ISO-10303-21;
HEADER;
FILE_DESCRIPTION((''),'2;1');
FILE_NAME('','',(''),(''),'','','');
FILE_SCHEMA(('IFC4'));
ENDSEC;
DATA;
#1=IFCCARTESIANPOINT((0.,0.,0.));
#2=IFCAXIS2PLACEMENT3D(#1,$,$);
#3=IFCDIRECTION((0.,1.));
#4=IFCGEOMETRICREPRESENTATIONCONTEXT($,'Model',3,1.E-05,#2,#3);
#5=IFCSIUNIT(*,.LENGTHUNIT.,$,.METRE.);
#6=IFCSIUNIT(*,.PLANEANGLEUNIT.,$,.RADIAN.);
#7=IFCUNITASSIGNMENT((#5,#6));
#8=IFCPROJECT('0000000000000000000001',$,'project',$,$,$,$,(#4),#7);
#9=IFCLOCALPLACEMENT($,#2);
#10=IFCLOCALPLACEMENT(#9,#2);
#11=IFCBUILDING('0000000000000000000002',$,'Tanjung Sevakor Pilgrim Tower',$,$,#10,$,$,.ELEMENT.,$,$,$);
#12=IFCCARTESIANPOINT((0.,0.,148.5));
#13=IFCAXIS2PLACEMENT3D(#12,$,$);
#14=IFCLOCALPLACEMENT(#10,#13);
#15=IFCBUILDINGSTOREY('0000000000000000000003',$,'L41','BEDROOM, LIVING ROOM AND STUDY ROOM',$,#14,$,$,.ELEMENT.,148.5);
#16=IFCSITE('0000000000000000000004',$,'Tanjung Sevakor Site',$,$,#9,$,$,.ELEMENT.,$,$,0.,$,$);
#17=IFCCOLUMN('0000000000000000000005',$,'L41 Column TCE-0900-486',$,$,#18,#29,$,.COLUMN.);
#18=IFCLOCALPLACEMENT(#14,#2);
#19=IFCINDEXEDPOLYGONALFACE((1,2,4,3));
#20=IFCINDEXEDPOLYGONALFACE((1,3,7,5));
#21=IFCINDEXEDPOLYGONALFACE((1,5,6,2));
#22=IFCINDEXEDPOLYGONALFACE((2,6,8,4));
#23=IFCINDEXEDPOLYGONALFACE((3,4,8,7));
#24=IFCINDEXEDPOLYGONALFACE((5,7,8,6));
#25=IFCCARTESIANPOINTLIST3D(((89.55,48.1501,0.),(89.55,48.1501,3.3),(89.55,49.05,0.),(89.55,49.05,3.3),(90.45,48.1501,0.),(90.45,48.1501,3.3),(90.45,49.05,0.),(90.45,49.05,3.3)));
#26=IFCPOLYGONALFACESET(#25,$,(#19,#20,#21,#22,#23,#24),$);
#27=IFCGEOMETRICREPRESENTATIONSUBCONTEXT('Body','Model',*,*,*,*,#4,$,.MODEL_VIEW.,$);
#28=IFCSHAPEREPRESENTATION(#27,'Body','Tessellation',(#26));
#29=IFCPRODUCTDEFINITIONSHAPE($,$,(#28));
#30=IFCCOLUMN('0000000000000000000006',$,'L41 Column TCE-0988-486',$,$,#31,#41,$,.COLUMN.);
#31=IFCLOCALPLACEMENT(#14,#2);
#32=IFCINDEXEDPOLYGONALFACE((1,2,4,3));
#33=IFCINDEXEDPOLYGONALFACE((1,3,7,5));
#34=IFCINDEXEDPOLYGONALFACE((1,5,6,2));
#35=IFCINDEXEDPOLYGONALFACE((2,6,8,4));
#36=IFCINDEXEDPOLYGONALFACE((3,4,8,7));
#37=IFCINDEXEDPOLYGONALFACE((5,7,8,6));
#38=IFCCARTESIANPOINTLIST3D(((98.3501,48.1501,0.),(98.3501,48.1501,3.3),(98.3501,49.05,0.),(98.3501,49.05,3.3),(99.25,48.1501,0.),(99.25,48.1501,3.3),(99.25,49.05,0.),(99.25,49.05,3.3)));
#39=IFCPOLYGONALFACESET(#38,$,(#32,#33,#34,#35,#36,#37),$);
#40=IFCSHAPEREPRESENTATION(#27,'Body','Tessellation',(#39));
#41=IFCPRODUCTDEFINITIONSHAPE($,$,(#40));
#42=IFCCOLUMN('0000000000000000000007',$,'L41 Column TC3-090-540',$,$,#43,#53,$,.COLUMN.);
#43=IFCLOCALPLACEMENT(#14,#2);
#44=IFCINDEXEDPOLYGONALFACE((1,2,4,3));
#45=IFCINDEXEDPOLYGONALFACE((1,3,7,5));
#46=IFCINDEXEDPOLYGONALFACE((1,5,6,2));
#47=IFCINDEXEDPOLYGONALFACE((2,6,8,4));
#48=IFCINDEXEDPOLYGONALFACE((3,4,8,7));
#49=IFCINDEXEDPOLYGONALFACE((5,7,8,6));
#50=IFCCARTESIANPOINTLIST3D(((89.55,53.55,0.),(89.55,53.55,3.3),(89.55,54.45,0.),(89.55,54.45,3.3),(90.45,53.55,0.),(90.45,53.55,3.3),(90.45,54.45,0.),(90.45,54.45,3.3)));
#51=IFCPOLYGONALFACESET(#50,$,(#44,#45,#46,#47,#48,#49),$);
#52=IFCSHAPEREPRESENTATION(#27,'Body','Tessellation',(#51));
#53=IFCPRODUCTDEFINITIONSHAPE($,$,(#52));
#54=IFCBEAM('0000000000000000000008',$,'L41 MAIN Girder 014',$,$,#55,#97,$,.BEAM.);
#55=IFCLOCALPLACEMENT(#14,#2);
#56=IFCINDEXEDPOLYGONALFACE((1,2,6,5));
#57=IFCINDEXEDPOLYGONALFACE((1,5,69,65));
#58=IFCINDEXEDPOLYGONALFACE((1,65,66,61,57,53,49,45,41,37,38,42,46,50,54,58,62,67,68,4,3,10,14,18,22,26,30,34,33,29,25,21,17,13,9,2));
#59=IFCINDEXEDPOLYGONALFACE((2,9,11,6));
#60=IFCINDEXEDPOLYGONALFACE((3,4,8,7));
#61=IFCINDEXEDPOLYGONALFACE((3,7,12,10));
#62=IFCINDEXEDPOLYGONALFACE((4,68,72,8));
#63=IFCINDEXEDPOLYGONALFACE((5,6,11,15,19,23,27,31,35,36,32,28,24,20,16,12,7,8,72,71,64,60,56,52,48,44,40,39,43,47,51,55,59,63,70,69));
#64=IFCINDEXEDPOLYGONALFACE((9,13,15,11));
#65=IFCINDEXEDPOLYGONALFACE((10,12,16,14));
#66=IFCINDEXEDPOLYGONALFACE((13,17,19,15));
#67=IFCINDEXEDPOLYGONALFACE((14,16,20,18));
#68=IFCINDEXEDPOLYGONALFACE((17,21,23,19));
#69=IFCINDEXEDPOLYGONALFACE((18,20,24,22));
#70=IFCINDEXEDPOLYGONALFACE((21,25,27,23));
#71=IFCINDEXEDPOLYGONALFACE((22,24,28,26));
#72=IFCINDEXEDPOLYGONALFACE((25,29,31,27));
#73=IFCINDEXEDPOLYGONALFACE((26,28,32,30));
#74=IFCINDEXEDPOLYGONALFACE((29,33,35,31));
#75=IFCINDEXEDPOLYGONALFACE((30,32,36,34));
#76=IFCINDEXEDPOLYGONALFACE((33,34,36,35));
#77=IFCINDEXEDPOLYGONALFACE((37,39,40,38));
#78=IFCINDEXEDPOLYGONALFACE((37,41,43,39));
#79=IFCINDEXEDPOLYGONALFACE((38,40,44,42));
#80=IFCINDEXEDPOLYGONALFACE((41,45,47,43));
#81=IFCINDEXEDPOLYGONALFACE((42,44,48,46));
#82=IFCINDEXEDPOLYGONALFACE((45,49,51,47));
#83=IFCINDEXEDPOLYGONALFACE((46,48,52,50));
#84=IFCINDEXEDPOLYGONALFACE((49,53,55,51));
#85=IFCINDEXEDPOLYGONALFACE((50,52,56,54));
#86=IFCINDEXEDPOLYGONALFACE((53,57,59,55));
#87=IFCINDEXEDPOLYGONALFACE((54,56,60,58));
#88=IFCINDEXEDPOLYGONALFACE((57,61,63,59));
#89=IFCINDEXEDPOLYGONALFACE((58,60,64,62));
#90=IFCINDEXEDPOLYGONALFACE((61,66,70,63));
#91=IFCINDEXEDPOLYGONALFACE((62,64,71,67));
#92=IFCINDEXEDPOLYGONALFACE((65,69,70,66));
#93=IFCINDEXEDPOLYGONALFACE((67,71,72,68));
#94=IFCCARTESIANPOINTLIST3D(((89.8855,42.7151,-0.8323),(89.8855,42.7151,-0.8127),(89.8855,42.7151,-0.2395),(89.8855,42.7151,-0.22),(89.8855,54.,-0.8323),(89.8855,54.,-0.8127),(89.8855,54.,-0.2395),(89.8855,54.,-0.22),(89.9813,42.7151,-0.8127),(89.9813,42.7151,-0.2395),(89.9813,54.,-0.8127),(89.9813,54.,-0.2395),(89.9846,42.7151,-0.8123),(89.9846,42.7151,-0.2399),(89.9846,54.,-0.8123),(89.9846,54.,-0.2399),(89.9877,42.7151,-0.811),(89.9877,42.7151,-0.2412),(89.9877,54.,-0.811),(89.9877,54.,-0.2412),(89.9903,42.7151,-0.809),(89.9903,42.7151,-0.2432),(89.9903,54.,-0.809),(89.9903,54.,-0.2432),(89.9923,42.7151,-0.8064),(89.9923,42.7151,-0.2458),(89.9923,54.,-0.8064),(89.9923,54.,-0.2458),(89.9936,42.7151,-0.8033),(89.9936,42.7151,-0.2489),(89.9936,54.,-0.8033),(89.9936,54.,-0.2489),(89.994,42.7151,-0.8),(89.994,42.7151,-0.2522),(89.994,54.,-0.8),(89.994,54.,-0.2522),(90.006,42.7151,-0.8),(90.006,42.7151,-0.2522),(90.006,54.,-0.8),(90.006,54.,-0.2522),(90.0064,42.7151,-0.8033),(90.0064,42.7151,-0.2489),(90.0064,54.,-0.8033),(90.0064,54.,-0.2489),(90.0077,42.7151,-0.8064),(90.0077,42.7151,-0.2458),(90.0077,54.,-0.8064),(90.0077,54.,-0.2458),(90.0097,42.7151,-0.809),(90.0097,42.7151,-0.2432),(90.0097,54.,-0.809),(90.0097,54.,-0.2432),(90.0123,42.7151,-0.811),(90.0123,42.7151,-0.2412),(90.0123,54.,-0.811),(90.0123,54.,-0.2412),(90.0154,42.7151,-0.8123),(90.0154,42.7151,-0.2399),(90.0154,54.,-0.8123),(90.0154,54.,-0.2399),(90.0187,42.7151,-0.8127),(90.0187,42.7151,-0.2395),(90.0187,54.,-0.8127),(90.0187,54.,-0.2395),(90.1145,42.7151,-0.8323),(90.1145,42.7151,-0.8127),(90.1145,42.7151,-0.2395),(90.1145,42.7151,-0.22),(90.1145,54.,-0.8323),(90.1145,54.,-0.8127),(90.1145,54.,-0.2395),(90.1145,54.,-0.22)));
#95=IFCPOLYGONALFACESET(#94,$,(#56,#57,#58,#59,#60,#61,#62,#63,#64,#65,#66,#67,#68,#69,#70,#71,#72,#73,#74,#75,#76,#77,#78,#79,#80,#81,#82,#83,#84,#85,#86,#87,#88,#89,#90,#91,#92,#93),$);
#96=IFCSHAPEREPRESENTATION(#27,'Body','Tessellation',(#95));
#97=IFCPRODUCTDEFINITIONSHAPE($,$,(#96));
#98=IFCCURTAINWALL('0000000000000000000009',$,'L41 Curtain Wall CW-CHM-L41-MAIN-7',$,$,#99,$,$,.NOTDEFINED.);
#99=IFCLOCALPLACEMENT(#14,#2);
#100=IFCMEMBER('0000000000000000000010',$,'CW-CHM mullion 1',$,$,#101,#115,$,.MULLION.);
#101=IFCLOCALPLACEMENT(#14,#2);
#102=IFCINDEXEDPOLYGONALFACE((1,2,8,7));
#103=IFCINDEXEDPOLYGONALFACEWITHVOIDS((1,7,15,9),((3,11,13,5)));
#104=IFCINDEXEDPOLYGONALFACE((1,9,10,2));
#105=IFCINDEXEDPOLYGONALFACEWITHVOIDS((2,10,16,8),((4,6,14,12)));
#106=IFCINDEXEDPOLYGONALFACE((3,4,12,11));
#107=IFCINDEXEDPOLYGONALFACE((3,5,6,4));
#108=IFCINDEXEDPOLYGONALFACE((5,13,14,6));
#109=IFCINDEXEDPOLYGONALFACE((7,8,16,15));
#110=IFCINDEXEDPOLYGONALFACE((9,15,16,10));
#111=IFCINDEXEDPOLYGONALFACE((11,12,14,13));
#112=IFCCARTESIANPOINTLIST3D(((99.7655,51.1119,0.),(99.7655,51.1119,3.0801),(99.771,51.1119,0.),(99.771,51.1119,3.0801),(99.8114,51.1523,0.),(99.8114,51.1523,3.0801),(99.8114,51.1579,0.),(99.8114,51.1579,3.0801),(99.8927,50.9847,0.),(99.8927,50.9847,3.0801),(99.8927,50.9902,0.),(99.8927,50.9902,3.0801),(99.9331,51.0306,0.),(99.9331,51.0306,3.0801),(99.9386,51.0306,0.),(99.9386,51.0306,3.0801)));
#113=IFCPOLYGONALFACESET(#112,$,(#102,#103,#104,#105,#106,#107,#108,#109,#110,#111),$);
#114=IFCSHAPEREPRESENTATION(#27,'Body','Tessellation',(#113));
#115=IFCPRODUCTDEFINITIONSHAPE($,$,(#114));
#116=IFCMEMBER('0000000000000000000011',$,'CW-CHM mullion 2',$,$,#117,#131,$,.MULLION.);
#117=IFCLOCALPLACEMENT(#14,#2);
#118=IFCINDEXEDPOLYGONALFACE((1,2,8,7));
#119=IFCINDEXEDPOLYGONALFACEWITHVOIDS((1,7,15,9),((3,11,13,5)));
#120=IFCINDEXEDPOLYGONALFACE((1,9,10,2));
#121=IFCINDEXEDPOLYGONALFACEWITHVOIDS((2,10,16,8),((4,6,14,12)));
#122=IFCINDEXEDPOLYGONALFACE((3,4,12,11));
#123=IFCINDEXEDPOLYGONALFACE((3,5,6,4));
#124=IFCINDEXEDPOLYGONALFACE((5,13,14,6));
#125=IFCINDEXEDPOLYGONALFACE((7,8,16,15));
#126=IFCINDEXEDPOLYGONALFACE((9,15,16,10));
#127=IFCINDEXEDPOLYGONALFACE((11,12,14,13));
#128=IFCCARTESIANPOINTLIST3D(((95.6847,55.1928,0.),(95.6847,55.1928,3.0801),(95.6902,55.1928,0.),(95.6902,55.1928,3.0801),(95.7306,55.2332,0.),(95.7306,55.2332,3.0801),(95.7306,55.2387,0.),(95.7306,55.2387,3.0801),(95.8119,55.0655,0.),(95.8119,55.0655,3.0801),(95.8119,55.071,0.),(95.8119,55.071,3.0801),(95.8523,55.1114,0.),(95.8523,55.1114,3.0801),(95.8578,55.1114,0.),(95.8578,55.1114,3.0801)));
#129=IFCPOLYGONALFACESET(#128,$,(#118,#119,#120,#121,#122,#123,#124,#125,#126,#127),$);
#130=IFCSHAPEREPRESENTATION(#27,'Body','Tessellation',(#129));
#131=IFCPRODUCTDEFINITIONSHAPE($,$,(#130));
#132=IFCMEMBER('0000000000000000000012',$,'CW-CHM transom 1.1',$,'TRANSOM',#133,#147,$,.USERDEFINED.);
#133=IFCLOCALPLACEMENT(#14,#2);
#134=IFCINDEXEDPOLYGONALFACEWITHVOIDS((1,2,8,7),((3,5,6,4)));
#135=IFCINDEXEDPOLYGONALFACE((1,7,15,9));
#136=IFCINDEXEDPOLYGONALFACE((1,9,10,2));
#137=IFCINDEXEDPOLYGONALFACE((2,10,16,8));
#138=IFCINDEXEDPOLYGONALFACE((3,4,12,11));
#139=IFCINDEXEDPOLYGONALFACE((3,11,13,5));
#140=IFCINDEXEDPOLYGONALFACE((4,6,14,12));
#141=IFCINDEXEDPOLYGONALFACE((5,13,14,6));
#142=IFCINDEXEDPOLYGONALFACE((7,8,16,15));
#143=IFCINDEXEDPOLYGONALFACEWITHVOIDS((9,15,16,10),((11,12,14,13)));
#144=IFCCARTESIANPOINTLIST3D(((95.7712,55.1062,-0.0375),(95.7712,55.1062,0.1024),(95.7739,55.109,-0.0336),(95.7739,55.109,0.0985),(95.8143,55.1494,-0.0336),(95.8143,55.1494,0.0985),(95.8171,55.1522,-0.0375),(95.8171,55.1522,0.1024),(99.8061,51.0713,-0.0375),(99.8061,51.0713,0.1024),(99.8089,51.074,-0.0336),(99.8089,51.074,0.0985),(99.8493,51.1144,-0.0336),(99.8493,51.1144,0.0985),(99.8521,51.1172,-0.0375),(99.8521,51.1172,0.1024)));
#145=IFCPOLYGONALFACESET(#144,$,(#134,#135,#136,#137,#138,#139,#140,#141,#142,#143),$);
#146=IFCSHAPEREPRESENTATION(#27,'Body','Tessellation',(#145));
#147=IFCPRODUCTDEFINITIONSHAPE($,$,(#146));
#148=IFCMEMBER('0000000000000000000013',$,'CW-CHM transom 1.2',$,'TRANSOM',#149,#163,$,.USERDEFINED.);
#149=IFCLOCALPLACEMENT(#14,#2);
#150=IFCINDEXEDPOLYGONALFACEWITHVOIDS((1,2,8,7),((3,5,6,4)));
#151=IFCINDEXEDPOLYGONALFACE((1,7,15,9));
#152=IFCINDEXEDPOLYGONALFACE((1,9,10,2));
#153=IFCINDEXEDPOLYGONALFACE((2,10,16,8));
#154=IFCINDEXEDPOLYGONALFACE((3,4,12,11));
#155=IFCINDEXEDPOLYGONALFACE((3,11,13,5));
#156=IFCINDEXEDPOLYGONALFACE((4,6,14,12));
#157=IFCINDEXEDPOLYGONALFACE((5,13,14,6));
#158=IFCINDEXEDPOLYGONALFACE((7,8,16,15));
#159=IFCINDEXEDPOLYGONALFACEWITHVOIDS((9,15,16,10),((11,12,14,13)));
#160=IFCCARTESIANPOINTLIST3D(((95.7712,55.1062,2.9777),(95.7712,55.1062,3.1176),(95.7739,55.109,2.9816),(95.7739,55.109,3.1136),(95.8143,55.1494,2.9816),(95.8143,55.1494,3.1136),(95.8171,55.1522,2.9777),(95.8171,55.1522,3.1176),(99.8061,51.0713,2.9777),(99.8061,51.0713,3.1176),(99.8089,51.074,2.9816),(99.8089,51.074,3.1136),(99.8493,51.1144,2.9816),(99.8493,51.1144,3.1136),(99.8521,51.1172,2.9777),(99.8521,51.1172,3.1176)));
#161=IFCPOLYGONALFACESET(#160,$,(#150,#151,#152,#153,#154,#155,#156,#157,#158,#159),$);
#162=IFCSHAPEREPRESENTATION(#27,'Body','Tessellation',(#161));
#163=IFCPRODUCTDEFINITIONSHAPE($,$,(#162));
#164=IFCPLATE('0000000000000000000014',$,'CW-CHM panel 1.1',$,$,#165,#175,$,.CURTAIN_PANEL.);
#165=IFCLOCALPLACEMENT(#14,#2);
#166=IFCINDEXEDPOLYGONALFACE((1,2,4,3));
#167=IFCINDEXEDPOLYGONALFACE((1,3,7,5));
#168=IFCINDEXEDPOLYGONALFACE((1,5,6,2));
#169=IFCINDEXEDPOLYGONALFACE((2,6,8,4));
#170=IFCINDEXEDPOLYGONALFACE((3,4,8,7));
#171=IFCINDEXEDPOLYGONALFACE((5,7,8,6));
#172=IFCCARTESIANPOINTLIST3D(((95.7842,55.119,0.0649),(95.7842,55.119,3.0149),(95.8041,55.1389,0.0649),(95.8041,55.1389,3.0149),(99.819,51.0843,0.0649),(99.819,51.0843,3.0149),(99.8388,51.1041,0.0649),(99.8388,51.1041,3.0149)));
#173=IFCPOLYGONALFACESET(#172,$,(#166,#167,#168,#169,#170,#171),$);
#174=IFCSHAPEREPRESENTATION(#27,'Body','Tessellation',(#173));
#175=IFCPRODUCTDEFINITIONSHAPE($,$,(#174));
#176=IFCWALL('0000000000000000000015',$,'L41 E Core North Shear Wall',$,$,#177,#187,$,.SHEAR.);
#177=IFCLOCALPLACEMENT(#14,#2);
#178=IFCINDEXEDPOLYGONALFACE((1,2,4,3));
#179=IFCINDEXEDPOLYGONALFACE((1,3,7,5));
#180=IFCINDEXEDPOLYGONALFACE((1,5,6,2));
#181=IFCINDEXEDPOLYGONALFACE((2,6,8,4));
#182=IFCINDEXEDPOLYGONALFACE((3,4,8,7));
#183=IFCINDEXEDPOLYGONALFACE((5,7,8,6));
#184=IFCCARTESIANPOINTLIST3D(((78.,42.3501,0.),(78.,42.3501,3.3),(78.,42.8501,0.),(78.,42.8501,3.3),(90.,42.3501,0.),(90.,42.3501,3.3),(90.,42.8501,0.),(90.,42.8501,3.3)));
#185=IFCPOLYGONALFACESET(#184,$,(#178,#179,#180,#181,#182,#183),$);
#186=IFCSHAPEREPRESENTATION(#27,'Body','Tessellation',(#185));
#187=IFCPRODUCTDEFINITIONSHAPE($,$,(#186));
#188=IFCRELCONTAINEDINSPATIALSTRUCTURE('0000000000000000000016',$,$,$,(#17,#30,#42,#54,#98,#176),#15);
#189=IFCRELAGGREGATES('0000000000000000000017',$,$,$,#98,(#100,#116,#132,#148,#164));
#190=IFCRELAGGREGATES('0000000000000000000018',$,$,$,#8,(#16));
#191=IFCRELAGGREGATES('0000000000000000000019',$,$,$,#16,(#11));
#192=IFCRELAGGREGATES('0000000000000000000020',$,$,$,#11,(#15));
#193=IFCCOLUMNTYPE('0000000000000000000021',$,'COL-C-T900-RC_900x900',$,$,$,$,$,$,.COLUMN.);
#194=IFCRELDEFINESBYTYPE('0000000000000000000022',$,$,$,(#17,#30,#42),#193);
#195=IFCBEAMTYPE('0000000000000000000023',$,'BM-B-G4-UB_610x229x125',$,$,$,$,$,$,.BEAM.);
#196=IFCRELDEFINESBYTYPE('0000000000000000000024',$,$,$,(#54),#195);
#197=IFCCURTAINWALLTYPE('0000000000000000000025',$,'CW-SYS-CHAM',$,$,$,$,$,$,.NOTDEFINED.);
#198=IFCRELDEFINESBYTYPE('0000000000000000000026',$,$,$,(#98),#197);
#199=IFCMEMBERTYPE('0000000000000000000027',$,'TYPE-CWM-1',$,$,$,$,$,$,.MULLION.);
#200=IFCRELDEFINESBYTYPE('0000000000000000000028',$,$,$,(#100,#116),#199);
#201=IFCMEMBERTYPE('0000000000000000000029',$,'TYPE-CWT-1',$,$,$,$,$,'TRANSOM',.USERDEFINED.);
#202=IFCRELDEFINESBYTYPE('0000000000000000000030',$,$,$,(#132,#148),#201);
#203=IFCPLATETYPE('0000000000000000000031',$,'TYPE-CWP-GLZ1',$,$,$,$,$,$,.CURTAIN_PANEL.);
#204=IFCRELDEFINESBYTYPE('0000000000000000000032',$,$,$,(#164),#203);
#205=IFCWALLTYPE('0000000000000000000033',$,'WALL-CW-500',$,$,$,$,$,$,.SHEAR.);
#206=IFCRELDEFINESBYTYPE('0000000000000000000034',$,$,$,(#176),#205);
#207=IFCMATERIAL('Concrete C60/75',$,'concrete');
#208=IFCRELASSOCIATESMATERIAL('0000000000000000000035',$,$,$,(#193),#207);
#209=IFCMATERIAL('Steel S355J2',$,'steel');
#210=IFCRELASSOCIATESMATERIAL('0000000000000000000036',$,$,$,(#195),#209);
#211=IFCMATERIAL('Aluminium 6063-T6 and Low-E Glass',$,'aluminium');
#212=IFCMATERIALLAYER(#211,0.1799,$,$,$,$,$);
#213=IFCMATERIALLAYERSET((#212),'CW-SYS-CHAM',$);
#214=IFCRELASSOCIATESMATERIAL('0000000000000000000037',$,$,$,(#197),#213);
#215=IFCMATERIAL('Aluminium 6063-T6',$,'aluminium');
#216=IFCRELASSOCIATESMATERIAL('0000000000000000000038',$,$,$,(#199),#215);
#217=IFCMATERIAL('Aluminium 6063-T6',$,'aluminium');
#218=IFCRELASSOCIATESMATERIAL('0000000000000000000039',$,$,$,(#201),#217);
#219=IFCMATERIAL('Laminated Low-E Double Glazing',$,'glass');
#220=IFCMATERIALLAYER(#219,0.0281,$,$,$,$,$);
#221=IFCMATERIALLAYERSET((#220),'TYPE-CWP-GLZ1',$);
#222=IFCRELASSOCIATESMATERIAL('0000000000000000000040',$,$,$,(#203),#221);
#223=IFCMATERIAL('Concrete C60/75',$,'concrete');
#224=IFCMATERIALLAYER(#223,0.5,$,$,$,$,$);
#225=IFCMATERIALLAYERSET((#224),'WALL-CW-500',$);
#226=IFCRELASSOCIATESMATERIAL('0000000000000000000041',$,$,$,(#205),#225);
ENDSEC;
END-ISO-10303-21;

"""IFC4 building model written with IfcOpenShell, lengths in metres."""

from ifc_helpers import new_model, si_unit, direction, frame, frame_2d, origin, origin_2d, place, context, subcontext, project, spatial, rectangle, hollow_rectangle, i_section, extrude, material, layer, layer_set, material_profile, profile_set, type_object, element, aggregate, save


model = new_model("IFC4")

# Units and contexts
model_context = context("Model", 3, precision=1e-05, world=origin(), true_north=direction((0.0, 1.0)))
body_context = subcontext(model_context, "Body", "Model", "MODEL_VIEW")
ifc_project = project(units=[si_unit("LENGTHUNIT", "METRE"), si_unit("PLANEANGLEUNIT", "RADIAN")], contexts=[model_context])

# Site, building, storey
site_placement = place(None, origin())
site = spatial("IfcSite", under=ifc_project, at=site_placement, Name="Tanjung Sevakor Site", CompositionType="ELEMENT", RefElevation=0.0)
building_placement = place(site_placement, origin())
building = spatial("IfcBuilding", under=site, at=building_placement, Name="Tanjung Sevakor Pilgrim Tower", CompositionType="ELEMENT")
storey_placement = place(building_placement, frame((0.0, 0.0, 148.5)))
storey = spatial("IfcBuildingStorey", under=building, at=storey_placement, Name="L41", Description="BEDROOM, LIVING ROOM AND STUDY ROOM", CompositionType="ELEMENT", Elevation=148.5)

# Columns
ifc_material_1 = material(Name="Concrete C60/75", Category="concrete")
ifc_material_profile_1 = material_profile(ifc_material_1, rectangle(XDim=0.8999, YDim=0.8999, at=origin_2d()))
ifc_profile_set_1 = profile_set([ifc_material_profile_1], Name="Concrete C60/75")
column_type = type_object("IfcColumnType", Name="COL-C-T900-RC_900x900", PredefinedType="COLUMN", material=ifc_profile_set_1)
for number, where, z_axis, x_axis, name in (
    (1, (90.0, 48.6001, 0.0), (0.0, 0.0, 1.0), (1.0, 0.0, 0.0), "L41 Column TCE-0900-486"),
    (2, (98.8, 48.6001, 0.0), (0.0, 0.0, 1.0), (1.0, 0.0, 0.0), "L41 Column TCE-0988-486"),
    (3, (90.0, 54.0, 0.0), (0.0, 0.0, 1.0), (1.0, 0.0, 0.0), "L41 Column TC3-090-540"),
):
    element("IfcColumn", number, at=place(storey_placement, frame(where, z_axis=z_axis, x_axis=x_axis)), inside=storey, type_object=column_type, Name=name, PredefinedType="COLUMN", context=body_context, shape_type="SweptSolid", body=[
        extrude(rectangle(XDim=0.8999, YDim=0.8999, at=origin_2d()), origin(), (0.0, 0.0, 1.0), 3.3),
    ])

# Beam
ifc_material_2 = material(Name="Steel S355J2", Category="steel")
ifc_material_profile_2 = material_profile(ifc_material_2, i_section(OverallWidth=0.229, OverallDepth=0.6123, WebThickness=0.012, FlangeThickness=0.0195, FilletRadius=0.0127, at=origin_2d()))
ifc_profile_set_2 = profile_set([ifc_material_profile_2], Name="Steel S355J2")
beam_type = type_object("IfcBeamType", Name="BM-B-G4-UB_610x229x125", PredefinedType="BEAM", material=ifc_profile_set_2)
beam_placement = place(storey_placement, frame((90.0, 42.7151, -0.5261), z_axis=(0.0, 1.0, 0.0), x_axis=(-1.0, 0.0, 0.0)))
element("IfcBeam", 4, at=beam_placement, inside=storey, type_object=beam_type, Name="L41 MAIN Girder 014", PredefinedType="BEAM", context=body_context, shape_type="SweptSolid", body=[
    extrude(i_section(OverallWidth=0.229, OverallDepth=0.6123, WebThickness=0.012, FlangeThickness=0.0195, FilletRadius=0.0127, at=origin_2d()), origin(), (0.0, 0.0, 1.0), 11.2849),
])

# Curtain wall, members, plate
ifc_material_3 = material(Name="Aluminium 6063-T6 and Low-E Glass", Category="aluminium")
ifc_layer_1 = layer(ifc_material_3, 0.1799)
ifc_layer_set_1 = layer_set([ifc_layer_1], Name="CW-SYS-CHAM")
curtain_wall_type = type_object("IfcCurtainWallType", Name="CW-SYS-CHAM", PredefinedType="NOTDEFINED", material=ifc_layer_set_1)
curtain_wall_placement = place(storey_placement, origin())
curtain_wall = element("IfcCurtainWall", 5, at=curtain_wall_placement, inside=storey, type_object=curtain_wall_type, Name="L41 Curtain Wall CW-CHM-L41-MAIN-7", PredefinedType="NOTDEFINED")
ifc_material_4 = material(Name="Aluminium 6063-T6", Category="aluminium")
ifc_material_profile_3 = material_profile(ifc_material_4, hollow_rectangle(XDim=0.0649, YDim=0.1799, WallThickness=0.0039, at=origin_2d()))
ifc_profile_set_3 = profile_set([ifc_material_profile_3], Name="Aluminium 6063-T6")
member_type_1 = type_object("IfcMemberType", Name="TYPE-CWM-1", PredefinedType="MULLION", material=ifc_profile_set_3)
member_1_placement = place(storey_placement, frame((99.8521, 51.0713, 0.0), z_axis=(0.0, 0.0, 1.0), x_axis=(-0.707107, -0.707107, 0.0)))
member_1 = element("IfcMember", 6, at=member_1_placement, type_object=member_type_1, Name="CW-CHM mullion 1", PredefinedType="MULLION", context=body_context, shape_type="SweptSolid", body=[
    extrude(hollow_rectangle(XDim=0.0649, YDim=0.1799, WallThickness=0.0039, at=origin_2d()), origin(), (0.0, 0.0, 1.0), 3.0801),
])
member_2_placement = place(storey_placement, frame((95.7712, 55.1521, 0.0), z_axis=(0.0, 0.0, 1.0), x_axis=(-0.707107, -0.707107, 0.0)))
member_2 = element("IfcMember", 7, at=member_2_placement, type_object=member_type_1, Name="CW-CHM mullion 2", PredefinedType="MULLION", context=body_context, shape_type="SweptSolid", body=[
    extrude(hollow_rectangle(XDim=0.0649, YDim=0.1799, WallThickness=0.0039, at=origin_2d()), origin(), (0.0, 0.0, 1.0), 3.0801),
])
ifc_material_5 = material(Name="Aluminium 6063-T6", Category="aluminium")
ifc_material_profile_4 = material_profile(ifc_material_5, hollow_rectangle(XDim=0.0649, YDim=0.1399, WallThickness=0.0039, at=origin_2d()))
ifc_profile_set_4 = profile_set([ifc_material_profile_4], Name="Aluminium 6063-T6")
member_type_2 = type_object("IfcMemberType", Name="TYPE-CWT-1", ElementType="TRANSOM", PredefinedType="USERDEFINED", material=ifc_profile_set_4)
member_3_placement = place(storey_placement, frame((99.8291, 51.0942, 0.0325), z_axis=(-0.707107, 0.707107, 0.0), x_axis=(-0.707107, -0.707107, 0.0)))
member_3 = element("IfcMember", 8, at=member_3_placement, type_object=member_type_2, Name="CW-CHM transom 1.1", ObjectType="TRANSOM", PredefinedType="USERDEFINED", context=body_context, shape_type="SweptSolid", body=[
    extrude(hollow_rectangle(XDim=0.0649, YDim=0.1399, WallThickness=0.0039, at=origin_2d()), origin(), (0.0, 0.0, 1.0), 5.7063),
])
member_4_placement = place(storey_placement, frame((99.8291, 51.0942, 3.0476), z_axis=(-0.707107, 0.707107, 0.0), x_axis=(-0.707107, -0.707107, 0.0)))
member_4 = element("IfcMember", 9, at=member_4_placement, type_object=member_type_2, Name="CW-CHM transom 1.2", ObjectType="TRANSOM", PredefinedType="USERDEFINED", context=body_context, shape_type="SweptSolid", body=[
    extrude(hollow_rectangle(XDim=0.0649, YDim=0.1399, WallThickness=0.0039, at=origin_2d()), origin(), (0.0, 0.0, 1.0), 5.7063),
])
ifc_material_6 = material(Name="Laminated Low-E Double Glazing", Category="glass")
ifc_layer_2 = layer(ifc_material_6, 0.0281)
ifc_layer_set_2 = layer_set([ifc_layer_2], Name="TYPE-CWP-GLZ1")
plate_type = type_object("IfcPlateType", Name="TYPE-CWP-GLZ1", PredefinedType="CURTAIN_PANEL", material=ifc_layer_set_2)
plate_placement = place(storey_placement, frame((97.8115, 53.1116, 0.0649), z_axis=(0.0, 0.0, 1.0), x_axis=(-0.707107, 0.707107, 0.0)))
plate = element("IfcPlate", 10, at=plate_placement, type_object=plate_type, Name="CW-CHM panel 1.1", PredefinedType="CURTAIN_PANEL", context=body_context, shape_type="SweptSolid", body=[
    extrude(rectangle(XDim=5.7061, YDim=0.0281, at=origin_2d()), origin(), (0.0, 0.0, 1.0), 2.95),
])
aggregate(curtain_wall, [member_1, member_2, member_3, member_4, plate])

# Wall
ifc_material_7 = material(Name="Concrete C60/75", Category="concrete")
ifc_layer_3 = layer(ifc_material_7, 0.5)
ifc_layer_set_3 = layer_set([ifc_layer_3], Name="WALL-CW-500")
wall_type_1 = type_object("IfcWallType", Name="WALL-CW-500", PredefinedType="SHEAR", material=ifc_layer_set_3)
wall_1_placement = place(storey_placement, frame((90.0, 42.6001, 0.0), z_axis=(0.0, 0.0, 1.0), x_axis=(-1.0, 0.0, 0.0)))
element("IfcWall", 11, at=wall_1_placement, inside=storey, type_object=wall_type_1, Name="L41 E Core North Shear Wall", PredefinedType="SHEAR", context=body_context, shape_type="SweptSolid", body=[
    extrude(rectangle(XDim=12.0, YDim=0.5, at=frame_2d((6.0, 0.0))), origin(), (0.0, 0.0, 1.0), 3.3),
])

save(model, "model.ifc")
